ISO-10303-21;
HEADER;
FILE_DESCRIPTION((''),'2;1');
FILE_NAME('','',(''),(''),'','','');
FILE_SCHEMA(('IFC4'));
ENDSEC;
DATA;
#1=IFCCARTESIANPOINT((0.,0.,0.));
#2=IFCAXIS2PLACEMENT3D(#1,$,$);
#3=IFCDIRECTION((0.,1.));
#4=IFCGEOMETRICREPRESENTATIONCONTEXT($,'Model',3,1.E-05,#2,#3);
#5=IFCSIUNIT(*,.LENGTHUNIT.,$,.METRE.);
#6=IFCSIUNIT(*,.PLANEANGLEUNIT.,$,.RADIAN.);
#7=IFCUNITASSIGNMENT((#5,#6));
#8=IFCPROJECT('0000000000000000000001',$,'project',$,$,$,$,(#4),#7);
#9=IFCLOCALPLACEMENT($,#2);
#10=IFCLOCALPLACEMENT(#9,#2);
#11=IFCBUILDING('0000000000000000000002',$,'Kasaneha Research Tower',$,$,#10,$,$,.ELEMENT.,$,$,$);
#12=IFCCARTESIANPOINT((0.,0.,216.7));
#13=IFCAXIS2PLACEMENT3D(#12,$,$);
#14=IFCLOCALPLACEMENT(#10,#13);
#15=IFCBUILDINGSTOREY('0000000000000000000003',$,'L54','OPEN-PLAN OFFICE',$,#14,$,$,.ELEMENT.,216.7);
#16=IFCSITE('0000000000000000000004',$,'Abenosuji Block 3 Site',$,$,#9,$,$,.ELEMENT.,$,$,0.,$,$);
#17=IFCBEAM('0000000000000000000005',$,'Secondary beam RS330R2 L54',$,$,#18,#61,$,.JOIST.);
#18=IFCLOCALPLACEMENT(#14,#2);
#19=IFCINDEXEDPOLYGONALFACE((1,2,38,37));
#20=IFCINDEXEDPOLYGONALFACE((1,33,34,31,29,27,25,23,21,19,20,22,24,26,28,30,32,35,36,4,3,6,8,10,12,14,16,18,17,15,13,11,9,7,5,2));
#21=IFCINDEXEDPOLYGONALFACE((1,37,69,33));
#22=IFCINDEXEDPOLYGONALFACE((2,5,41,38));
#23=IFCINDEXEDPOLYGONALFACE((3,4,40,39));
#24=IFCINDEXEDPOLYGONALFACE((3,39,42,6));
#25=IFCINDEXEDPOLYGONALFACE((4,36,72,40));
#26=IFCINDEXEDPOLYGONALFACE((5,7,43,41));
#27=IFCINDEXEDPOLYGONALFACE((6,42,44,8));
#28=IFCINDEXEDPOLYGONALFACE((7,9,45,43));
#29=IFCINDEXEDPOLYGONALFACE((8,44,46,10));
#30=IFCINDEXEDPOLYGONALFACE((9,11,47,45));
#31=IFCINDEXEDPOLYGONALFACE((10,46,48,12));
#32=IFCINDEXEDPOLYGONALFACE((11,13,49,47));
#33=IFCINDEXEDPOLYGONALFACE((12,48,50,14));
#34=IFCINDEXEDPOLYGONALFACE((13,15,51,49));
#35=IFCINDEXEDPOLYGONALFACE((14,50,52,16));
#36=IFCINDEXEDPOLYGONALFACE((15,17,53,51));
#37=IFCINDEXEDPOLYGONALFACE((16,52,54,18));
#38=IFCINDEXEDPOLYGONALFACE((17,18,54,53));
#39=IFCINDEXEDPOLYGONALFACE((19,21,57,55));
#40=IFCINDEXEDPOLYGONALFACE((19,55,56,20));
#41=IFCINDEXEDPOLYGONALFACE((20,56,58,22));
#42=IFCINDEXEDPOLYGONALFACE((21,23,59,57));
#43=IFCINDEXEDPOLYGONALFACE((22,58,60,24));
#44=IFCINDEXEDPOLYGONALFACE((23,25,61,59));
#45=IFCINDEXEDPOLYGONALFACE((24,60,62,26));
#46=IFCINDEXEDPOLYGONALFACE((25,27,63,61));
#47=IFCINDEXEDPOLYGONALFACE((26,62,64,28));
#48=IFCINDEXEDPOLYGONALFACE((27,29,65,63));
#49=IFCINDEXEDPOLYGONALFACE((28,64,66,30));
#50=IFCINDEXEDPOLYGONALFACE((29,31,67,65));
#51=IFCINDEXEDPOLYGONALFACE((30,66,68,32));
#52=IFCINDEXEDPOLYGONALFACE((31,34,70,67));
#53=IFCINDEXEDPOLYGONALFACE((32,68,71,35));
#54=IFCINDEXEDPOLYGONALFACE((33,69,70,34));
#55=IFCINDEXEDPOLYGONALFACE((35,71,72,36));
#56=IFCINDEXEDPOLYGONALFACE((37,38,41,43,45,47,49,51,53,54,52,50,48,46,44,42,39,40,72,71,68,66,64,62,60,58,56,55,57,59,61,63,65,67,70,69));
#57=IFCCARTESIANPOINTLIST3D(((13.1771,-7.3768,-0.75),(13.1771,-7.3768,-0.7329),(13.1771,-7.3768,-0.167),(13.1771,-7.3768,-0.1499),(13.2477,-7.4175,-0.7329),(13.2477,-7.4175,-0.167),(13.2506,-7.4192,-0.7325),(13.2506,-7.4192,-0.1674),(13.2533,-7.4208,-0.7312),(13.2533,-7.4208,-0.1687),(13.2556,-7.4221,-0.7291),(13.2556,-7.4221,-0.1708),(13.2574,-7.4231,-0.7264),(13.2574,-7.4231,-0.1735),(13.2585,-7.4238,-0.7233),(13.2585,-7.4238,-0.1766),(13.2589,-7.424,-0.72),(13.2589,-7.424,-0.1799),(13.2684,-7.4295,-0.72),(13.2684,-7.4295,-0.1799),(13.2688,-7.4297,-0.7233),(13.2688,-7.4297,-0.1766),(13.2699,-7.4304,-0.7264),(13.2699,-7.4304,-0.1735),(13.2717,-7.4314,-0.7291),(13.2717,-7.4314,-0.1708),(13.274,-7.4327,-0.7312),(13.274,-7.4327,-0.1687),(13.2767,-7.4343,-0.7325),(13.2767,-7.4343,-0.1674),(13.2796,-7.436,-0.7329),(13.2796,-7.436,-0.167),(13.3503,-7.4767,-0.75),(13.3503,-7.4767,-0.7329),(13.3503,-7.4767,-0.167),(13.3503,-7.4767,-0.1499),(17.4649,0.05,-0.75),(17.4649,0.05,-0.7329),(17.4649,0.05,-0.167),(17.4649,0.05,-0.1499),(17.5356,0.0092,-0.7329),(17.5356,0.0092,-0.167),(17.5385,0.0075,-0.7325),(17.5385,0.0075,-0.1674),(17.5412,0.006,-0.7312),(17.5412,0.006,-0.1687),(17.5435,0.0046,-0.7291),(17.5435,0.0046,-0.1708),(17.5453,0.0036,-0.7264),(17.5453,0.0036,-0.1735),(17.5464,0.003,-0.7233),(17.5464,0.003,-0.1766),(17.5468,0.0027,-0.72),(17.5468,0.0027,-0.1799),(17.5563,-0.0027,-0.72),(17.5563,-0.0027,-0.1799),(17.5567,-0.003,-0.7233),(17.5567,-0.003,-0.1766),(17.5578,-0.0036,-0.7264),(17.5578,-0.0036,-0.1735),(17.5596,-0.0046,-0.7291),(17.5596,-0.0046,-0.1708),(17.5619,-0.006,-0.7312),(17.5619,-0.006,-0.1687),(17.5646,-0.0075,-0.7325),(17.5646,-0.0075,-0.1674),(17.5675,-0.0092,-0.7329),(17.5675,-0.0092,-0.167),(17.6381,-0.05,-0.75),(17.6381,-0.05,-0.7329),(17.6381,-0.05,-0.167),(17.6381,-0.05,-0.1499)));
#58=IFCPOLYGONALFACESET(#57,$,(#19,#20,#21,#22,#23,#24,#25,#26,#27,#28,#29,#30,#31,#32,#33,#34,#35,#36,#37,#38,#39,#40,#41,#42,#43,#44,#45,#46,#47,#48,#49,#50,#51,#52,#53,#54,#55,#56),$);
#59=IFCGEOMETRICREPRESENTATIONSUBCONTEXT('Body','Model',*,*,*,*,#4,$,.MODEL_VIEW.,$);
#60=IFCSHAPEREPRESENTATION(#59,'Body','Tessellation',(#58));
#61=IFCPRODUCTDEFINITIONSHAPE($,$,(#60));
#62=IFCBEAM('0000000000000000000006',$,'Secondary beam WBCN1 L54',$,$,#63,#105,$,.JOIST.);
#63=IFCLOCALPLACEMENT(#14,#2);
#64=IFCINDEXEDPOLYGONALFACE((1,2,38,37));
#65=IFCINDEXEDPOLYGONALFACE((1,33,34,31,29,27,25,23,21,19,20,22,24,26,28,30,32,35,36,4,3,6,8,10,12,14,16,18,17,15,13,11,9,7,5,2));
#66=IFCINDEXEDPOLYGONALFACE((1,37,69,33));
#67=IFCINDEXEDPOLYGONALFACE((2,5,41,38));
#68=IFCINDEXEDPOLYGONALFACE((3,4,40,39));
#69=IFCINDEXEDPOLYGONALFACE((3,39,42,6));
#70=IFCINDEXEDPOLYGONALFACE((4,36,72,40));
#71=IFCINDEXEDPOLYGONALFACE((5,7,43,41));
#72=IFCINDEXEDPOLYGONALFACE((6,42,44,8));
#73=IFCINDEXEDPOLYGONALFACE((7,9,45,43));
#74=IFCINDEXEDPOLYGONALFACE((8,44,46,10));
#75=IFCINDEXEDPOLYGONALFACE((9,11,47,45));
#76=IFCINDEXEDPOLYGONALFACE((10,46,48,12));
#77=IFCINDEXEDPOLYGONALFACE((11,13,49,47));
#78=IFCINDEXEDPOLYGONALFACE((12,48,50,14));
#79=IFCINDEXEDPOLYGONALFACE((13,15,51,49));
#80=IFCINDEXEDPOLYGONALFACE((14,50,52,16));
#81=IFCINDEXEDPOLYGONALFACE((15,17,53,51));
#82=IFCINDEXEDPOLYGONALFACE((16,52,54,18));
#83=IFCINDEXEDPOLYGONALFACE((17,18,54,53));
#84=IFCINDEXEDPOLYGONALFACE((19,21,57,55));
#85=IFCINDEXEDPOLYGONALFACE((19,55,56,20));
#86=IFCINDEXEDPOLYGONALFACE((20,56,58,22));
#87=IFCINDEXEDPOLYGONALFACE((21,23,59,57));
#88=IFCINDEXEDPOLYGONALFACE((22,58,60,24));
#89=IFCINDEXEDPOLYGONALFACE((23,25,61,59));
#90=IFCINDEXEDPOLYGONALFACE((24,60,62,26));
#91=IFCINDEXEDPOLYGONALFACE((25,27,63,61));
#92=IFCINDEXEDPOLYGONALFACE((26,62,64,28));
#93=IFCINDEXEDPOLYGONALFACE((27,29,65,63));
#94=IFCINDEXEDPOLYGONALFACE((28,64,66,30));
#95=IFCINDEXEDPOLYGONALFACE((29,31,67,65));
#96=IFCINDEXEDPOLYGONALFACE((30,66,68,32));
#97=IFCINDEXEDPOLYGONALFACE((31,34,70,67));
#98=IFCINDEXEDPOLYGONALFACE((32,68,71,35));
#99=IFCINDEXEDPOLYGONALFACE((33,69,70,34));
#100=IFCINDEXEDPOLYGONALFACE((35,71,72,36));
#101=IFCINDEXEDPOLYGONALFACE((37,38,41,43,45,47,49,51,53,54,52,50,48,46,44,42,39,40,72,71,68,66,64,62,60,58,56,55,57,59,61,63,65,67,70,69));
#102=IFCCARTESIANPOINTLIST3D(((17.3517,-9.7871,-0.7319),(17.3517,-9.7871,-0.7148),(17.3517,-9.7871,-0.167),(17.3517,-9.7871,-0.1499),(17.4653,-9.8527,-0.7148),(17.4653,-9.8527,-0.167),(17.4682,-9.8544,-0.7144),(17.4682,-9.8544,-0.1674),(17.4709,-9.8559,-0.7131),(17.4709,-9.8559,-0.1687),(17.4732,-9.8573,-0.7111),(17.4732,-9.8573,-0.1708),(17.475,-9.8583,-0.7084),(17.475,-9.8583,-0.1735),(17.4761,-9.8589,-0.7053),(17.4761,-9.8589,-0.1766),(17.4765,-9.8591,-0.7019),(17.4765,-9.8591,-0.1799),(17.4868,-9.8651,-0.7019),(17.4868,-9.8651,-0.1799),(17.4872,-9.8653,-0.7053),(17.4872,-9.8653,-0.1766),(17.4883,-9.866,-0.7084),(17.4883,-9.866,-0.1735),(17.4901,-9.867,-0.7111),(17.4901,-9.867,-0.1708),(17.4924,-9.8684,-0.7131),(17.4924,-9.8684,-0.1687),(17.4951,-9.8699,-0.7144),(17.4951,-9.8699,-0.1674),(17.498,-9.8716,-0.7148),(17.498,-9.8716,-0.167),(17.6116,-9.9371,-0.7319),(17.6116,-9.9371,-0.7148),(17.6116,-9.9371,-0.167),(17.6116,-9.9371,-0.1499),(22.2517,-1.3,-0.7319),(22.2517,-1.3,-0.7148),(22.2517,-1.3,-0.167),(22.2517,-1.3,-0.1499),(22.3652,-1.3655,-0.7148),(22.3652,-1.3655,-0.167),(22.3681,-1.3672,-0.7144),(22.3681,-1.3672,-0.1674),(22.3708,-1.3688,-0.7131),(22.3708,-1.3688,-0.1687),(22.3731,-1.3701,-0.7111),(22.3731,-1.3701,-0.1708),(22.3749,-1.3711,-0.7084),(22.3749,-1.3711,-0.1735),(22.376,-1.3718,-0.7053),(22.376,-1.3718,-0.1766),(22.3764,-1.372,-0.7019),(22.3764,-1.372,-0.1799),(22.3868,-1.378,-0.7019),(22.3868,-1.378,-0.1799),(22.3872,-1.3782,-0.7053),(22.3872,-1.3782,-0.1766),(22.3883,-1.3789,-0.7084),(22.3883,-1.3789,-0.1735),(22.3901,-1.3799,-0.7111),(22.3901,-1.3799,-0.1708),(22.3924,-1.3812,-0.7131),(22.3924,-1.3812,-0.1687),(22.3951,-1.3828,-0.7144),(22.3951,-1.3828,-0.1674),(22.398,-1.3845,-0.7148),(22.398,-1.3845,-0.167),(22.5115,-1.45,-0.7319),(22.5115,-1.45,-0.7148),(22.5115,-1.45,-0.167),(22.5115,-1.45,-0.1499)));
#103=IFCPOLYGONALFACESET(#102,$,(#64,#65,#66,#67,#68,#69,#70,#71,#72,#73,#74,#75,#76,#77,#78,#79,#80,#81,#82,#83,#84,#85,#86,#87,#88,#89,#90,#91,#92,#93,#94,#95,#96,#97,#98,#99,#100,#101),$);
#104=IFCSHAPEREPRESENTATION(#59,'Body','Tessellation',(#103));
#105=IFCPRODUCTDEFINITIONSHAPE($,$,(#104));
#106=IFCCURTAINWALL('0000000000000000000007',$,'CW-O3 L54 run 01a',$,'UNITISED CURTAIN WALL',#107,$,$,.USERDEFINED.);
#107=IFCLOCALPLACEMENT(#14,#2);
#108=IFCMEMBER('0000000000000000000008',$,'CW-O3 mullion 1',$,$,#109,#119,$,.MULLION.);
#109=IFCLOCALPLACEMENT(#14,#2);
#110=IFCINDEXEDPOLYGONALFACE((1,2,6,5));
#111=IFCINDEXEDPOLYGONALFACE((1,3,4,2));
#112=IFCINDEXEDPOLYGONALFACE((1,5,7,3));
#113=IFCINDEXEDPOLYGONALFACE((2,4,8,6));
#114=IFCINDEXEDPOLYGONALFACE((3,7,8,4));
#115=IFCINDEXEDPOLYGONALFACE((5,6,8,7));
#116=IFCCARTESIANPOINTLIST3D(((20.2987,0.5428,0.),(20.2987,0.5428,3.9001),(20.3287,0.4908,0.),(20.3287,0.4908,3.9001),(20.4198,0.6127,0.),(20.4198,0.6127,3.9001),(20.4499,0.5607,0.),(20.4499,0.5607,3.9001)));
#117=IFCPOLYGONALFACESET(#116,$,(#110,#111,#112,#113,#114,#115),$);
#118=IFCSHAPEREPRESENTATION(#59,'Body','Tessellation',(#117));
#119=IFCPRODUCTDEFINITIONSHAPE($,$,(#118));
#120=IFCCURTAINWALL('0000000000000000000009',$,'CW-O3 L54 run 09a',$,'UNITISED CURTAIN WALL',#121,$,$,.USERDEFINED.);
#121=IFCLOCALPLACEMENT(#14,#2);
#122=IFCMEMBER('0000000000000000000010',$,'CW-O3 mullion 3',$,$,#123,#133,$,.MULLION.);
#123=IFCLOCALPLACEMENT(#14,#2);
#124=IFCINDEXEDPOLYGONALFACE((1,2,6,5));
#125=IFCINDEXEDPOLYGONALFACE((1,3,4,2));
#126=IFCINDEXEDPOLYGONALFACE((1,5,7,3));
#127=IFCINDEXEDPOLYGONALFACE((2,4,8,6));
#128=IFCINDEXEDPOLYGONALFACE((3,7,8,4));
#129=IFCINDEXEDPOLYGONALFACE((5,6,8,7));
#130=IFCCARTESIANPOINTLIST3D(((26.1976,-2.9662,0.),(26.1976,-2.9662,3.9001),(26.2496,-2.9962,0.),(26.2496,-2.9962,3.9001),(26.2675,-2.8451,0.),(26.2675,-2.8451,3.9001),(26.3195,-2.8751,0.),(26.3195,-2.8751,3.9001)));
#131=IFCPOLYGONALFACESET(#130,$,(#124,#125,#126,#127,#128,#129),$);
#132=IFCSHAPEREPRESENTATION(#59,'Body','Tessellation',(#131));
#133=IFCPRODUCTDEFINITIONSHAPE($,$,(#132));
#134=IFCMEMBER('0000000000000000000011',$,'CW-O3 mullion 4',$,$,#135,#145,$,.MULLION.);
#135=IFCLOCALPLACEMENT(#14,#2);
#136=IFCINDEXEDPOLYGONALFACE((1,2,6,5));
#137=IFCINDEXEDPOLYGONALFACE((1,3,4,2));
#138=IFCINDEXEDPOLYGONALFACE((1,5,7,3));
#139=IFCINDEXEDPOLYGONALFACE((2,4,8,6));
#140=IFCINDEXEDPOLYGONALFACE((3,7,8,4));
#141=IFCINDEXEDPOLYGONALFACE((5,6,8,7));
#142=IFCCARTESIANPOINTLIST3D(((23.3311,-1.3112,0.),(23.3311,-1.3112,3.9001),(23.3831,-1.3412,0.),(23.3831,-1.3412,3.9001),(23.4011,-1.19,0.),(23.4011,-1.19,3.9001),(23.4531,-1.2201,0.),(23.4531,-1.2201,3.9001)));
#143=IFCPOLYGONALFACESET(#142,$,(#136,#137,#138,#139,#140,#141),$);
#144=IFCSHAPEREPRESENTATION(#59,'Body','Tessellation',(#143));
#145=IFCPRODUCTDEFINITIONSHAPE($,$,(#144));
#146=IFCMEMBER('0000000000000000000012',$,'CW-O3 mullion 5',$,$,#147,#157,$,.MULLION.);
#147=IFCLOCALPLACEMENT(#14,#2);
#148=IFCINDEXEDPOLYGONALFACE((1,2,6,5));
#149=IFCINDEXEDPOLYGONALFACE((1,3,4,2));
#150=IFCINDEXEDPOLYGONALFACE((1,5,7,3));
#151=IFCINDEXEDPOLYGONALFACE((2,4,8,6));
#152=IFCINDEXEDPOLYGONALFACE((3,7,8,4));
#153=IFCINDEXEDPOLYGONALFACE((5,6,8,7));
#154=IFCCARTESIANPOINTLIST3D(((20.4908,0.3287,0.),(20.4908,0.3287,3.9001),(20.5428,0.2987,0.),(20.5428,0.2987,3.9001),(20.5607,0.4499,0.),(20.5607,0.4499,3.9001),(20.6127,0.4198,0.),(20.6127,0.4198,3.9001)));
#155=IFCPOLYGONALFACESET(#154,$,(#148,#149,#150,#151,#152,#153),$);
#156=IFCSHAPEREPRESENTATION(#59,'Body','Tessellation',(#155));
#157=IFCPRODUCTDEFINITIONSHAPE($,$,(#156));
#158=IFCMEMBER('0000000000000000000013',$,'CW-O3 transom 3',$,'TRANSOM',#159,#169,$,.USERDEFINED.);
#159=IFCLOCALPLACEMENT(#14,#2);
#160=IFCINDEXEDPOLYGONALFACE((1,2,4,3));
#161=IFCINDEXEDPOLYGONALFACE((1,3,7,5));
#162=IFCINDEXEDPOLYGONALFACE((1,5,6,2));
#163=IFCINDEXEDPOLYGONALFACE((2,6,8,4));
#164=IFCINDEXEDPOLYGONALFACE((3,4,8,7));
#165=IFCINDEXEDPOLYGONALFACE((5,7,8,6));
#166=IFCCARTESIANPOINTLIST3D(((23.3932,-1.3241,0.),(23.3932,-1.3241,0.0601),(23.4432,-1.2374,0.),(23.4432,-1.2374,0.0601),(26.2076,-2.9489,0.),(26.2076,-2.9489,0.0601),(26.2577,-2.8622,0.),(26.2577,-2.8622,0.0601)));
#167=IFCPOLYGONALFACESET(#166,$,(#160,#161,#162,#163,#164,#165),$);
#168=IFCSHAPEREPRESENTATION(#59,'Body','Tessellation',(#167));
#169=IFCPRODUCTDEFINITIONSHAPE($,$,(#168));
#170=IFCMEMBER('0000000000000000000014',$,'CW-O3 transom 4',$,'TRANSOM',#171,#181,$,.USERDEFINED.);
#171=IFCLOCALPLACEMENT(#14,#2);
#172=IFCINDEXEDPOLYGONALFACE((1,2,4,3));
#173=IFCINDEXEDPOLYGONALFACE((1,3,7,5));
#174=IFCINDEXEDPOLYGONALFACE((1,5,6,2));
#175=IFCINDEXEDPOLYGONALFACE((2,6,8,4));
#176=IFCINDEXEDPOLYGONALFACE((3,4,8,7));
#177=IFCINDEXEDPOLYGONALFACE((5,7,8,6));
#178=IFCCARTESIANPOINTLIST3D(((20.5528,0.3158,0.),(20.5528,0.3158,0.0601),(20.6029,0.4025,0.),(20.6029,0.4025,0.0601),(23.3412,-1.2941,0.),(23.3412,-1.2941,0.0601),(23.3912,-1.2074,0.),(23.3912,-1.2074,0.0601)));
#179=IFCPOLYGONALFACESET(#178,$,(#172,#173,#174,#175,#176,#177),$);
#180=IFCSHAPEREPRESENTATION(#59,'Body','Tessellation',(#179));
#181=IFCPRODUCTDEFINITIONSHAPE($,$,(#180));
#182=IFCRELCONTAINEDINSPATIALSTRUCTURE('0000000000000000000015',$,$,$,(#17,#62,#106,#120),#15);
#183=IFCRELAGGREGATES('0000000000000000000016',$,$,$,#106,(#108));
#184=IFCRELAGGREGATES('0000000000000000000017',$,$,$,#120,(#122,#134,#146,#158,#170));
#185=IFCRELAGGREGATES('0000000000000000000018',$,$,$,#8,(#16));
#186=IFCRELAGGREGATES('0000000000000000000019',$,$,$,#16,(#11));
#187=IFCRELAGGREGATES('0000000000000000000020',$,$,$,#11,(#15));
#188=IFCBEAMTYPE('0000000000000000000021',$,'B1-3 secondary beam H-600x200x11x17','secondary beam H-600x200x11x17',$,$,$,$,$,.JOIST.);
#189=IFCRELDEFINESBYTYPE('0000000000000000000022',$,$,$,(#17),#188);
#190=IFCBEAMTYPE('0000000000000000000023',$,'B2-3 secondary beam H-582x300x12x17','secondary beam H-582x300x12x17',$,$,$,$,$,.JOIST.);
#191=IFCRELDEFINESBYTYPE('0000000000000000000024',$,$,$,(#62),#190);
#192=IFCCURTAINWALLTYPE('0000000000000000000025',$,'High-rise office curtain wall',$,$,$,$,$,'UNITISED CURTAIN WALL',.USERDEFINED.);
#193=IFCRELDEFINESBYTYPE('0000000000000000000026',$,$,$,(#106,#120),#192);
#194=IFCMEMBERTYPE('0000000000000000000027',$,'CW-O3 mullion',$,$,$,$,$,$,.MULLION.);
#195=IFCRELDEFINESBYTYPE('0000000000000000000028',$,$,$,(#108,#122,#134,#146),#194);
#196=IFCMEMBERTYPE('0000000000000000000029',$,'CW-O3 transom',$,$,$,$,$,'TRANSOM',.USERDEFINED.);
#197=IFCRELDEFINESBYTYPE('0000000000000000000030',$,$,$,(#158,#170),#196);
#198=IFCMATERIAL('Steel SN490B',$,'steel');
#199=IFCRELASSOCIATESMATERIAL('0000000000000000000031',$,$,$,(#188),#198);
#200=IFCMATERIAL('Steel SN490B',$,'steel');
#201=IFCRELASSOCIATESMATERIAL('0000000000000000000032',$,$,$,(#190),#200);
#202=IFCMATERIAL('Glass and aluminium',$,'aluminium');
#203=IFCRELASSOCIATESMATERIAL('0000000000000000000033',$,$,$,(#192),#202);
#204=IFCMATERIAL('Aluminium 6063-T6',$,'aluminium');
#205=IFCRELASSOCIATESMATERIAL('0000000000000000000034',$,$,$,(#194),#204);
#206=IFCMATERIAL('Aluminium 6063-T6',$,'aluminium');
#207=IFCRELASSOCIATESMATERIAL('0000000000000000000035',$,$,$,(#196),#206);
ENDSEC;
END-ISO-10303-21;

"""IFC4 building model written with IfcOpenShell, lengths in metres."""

from ifc_helpers import new_model, si_unit, direction, frame, origin, origin_2d, place, context, subcontext, project, spatial, rectangle, i_section, extrude, material, material_profile, profile_set, type_object, element, aggregate, save


model = new_model("IFC4")

# Units and contexts
model_context = context("Model", 3, precision=1e-05, world=origin(), true_north=direction((0.0, 1.0)))
body_context = subcontext(model_context, "Body", "Model", "MODEL_VIEW")
ifc_project = project(units=[si_unit("LENGTHUNIT", "METRE"), si_unit("PLANEANGLEUNIT", "RADIAN")], contexts=[model_context])

# Site, building, storey
site_placement = place(None, origin())
site = spatial("IfcSite", under=ifc_project, at=site_placement, Name="Abenosuji Block 3 Site", CompositionType="ELEMENT", RefElevation=0.0)
building_placement = place(site_placement, origin())
building = spatial("IfcBuilding", under=site, at=building_placement, Name="Kasaneha Research Tower", CompositionType="ELEMENT")
storey_placement = place(building_placement, frame((0.0, 0.0, 216.7)))
storey = spatial("IfcBuildingStorey", under=building, at=storey_placement, Name="L54", Description="OPEN-PLAN OFFICE", CompositionType="ELEMENT", Elevation=216.7)

# Beams
ifc_material_1 = material(Name="Steel SN490B", Category="steel")
ifc_material_profile_1 = material_profile(ifc_material_1, i_section(OverallWidth=0.2, OverallDepth=0.6001, WebThickness=0.011, FlangeThickness=0.0171, FilletRadius=0.0129, at=origin_2d()), Name="H-600x200x11x17")
ifc_profile_set_1 = profile_set([ifc_material_profile_1], Name="Steel SN490B")
beam_type_1 = type_object("IfcBeamType", Name="B1-3 secondary beam H-600x200x11x17", Description="secondary beam H-600x200x11x17", PredefinedType="JOIST", material=ifc_profile_set_1)
beam_1_placement = place(storey_placement, frame((17.5515, 0.0, -0.45), z_axis=(-0.5, -0.866025, 0.0), x_axis=(0.866025, -0.5, 0.0)))
element("IfcBeam", 1, at=beam_1_placement, inside=storey, type_object=beam_type_1, Name="Secondary beam RS330R2 L54", PredefinedType="JOIST", context=body_context, shape_type="SweptSolid", body=[
    extrude(i_section(OverallWidth=0.2, OverallDepth=0.6001, WebThickness=0.011, FlangeThickness=0.0171, FilletRadius=0.0129, at=origin_2d()), origin(), (0.0, 0.0, 1.0), 8.5757),
])
ifc_material_2 = material(Name="Steel SN490B", Category="steel")
ifc_material_profile_2 = material_profile(ifc_material_2, i_section(OverallWidth=0.3, OverallDepth=0.582, WebThickness=0.012, FlangeThickness=0.0171, FilletRadius=0.0129, at=origin_2d()), Name="H-582x300x12x17")
ifc_profile_set_2 = profile_set([ifc_material_profile_2], Name="Steel SN490B")
beam_type_2 = type_object("IfcBeamType", Name="B2-3 secondary beam H-582x300x12x17", Description="secondary beam H-582x300x12x17", PredefinedType="JOIST", material=ifc_profile_set_2)
beam_2_placement = place(storey_placement, frame((22.3816, -1.375, -0.4409), z_axis=(-0.499992, -0.86603, 0.0), x_axis=(0.86603, -0.499992, 0.0)))
element("IfcBeam", 2, at=beam_2_placement, inside=storey, type_object=beam_type_2, Name="Secondary beam WBCN1 L54", PredefinedType="JOIST", context=body_context, shape_type="SweptSolid", body=[
    extrude(i_section(OverallWidth=0.3, OverallDepth=0.582, WebThickness=0.012, FlangeThickness=0.0171, FilletRadius=0.0129, at=origin_2d()), origin(), (0.0, 0.0, 1.0), 9.8),
])

# Curtain wall, member
ifc_material_3 = material(Name="Glass and aluminium", Category="aluminium")
curtain_wall_type = type_object("IfcCurtainWallType", Name="High-rise office curtain wall", ElementType="UNITISED CURTAIN WALL", PredefinedType="USERDEFINED", material=ifc_material_3)
curtain_wall_1_placement = place(storey_placement, origin())
curtain_wall_1 = element("IfcCurtainWall", 3, at=curtain_wall_1_placement, inside=storey, type_object=curtain_wall_type, Name="CW-O3 L54 run 01a", ObjectType="UNITISED CURTAIN WALL", PredefinedType="USERDEFINED")
ifc_material_4 = material(Name="Aluminium 6063-T6", Category="aluminium")
ifc_material_profile_3 = material_profile(ifc_material_4, rectangle(XDim=0.0601, YDim=0.1399, at=origin_2d()), Name="CW-O3 mullion 60x140")
ifc_profile_set_3 = profile_set([ifc_material_profile_3], Name="Aluminium 6063-T6")
member_type_1 = type_object("IfcMemberType", Name="CW-O3 mullion", PredefinedType="MULLION", material=ifc_profile_set_3)
member_1_placement = place(storey_placement, frame((20.3743, 0.5518, 0.0), z_axis=(0.0, 0.0, 1.0), x_axis=(-0.5, 0.866025, 0.0)))
member_1 = element("IfcMember", 4, at=member_1_placement, type_object=member_type_1, Name="CW-O3 mullion 1", PredefinedType="MULLION", context=body_context, shape_type="SweptSolid", body=[
    extrude(rectangle(XDim=0.0601, YDim=0.1399, at=origin_2d()), origin(), (0.0, 0.0, 1.0), 3.9001),
])
aggregate(curtain_wall_1, [member_1])

# Curtain wall, members
curtain_wall_2_placement = place(storey_placement, origin())
curtain_wall_2 = element("IfcCurtainWall", 5, at=curtain_wall_2_placement, inside=storey, type_object=curtain_wall_type, Name="CW-O3 L54 run 09a", ObjectType="UNITISED CURTAIN WALL", PredefinedType="USERDEFINED")
member_2_placement = place(storey_placement, frame((26.2585, -2.9207, 0.0), z_axis=(0.0, 0.0, 1.0), x_axis=(-0.866025, 0.5, 0.0)))
member_2 = element("IfcMember", 6, at=member_2_placement, type_object=member_type_1, Name="CW-O3 mullion 3", PredefinedType="MULLION", context=body_context, shape_type="SweptSolid", body=[
    extrude(rectangle(XDim=0.0601, YDim=0.1399, at=origin_2d()), origin(), (0.0, 0.0, 1.0), 3.9001),
])
member_3_placement = place(storey_placement, frame((23.3921, -1.2656, 0.0), z_axis=(0.0, 0.0, 1.0), x_axis=(-0.866025, 0.5, 0.0)))
member_3 = element("IfcMember", 7, at=member_3_placement, type_object=member_type_1, Name="CW-O3 mullion 4", PredefinedType="MULLION", context=body_context, shape_type="SweptSolid", body=[
    extrude(rectangle(XDim=0.0601, YDim=0.1399, at=origin_2d()), origin(), (0.0, 0.0, 1.0), 3.9001),
])
member_4_placement = place(storey_placement, frame((20.5518, 0.3743, 0.0), z_axis=(0.0, 0.0, 1.0), x_axis=(-0.866025, 0.5, 0.0)))
member_4 = element("IfcMember", 8, at=member_4_placement, type_object=member_type_1, Name="CW-O3 mullion 5", PredefinedType="MULLION", context=body_context, shape_type="SweptSolid", body=[
    extrude(rectangle(XDim=0.0601, YDim=0.1399, at=origin_2d()), origin(), (0.0, 0.0, 1.0), 3.9001),
])
ifc_material_5 = material(Name="Aluminium 6063-T6", Category="aluminium")
ifc_material_profile_4 = material_profile(ifc_material_5, rectangle(XDim=0.1001, YDim=0.0601, at=origin_2d()), Name="CW-O3 transom 100x60")
ifc_profile_set_4 = profile_set([ifc_material_profile_4], Name="Aluminium 6063-T6")
member_type_2 = type_object("IfcMemberType", Name="CW-O3 transom", ElementType="TRANSOM", PredefinedType="USERDEFINED", material=ifc_profile_set_4)
member_5_placement = place(storey_placement, frame((26.2327, -2.9055, 0.03), z_axis=(-0.866048, 0.499961, 0.0), x_axis=(-0.499961, -0.866048, 0.0)))
member_5 = element("IfcMember", 9, at=member_5_placement, type_object=member_type_2, Name="CW-O3 transom 3", ObjectType="TRANSOM", PredefinedType="USERDEFINED", context=body_context, shape_type="SweptSolid", body=[
    extrude(rectangle(XDim=0.1001, YDim=0.0601, at=origin_2d()), origin(), (0.0, 0.0, 1.0), 3.2498),
])
member_6_placement = place(storey_placement, frame((23.3662, -1.2507, 0.03), z_axis=(-0.866023, 0.500005, 0.0), x_axis=(-0.500005, -0.866023, 0.0)))
member_6 = element("IfcMember", 10, at=member_6_placement, type_object=member_type_2, Name="CW-O3 transom 4", ObjectType="TRANSOM", PredefinedType="USERDEFINED", context=body_context, shape_type="SweptSolid", body=[
    extrude(rectangle(XDim=0.1001, YDim=0.0601, at=origin_2d()), origin(), (0.0, 0.0, 1.0), 3.2197),
])

aggregate(curtain_wall_2, [member_2, member_3, member_4, member_5, member_6])

save(model, "model.ifc")
